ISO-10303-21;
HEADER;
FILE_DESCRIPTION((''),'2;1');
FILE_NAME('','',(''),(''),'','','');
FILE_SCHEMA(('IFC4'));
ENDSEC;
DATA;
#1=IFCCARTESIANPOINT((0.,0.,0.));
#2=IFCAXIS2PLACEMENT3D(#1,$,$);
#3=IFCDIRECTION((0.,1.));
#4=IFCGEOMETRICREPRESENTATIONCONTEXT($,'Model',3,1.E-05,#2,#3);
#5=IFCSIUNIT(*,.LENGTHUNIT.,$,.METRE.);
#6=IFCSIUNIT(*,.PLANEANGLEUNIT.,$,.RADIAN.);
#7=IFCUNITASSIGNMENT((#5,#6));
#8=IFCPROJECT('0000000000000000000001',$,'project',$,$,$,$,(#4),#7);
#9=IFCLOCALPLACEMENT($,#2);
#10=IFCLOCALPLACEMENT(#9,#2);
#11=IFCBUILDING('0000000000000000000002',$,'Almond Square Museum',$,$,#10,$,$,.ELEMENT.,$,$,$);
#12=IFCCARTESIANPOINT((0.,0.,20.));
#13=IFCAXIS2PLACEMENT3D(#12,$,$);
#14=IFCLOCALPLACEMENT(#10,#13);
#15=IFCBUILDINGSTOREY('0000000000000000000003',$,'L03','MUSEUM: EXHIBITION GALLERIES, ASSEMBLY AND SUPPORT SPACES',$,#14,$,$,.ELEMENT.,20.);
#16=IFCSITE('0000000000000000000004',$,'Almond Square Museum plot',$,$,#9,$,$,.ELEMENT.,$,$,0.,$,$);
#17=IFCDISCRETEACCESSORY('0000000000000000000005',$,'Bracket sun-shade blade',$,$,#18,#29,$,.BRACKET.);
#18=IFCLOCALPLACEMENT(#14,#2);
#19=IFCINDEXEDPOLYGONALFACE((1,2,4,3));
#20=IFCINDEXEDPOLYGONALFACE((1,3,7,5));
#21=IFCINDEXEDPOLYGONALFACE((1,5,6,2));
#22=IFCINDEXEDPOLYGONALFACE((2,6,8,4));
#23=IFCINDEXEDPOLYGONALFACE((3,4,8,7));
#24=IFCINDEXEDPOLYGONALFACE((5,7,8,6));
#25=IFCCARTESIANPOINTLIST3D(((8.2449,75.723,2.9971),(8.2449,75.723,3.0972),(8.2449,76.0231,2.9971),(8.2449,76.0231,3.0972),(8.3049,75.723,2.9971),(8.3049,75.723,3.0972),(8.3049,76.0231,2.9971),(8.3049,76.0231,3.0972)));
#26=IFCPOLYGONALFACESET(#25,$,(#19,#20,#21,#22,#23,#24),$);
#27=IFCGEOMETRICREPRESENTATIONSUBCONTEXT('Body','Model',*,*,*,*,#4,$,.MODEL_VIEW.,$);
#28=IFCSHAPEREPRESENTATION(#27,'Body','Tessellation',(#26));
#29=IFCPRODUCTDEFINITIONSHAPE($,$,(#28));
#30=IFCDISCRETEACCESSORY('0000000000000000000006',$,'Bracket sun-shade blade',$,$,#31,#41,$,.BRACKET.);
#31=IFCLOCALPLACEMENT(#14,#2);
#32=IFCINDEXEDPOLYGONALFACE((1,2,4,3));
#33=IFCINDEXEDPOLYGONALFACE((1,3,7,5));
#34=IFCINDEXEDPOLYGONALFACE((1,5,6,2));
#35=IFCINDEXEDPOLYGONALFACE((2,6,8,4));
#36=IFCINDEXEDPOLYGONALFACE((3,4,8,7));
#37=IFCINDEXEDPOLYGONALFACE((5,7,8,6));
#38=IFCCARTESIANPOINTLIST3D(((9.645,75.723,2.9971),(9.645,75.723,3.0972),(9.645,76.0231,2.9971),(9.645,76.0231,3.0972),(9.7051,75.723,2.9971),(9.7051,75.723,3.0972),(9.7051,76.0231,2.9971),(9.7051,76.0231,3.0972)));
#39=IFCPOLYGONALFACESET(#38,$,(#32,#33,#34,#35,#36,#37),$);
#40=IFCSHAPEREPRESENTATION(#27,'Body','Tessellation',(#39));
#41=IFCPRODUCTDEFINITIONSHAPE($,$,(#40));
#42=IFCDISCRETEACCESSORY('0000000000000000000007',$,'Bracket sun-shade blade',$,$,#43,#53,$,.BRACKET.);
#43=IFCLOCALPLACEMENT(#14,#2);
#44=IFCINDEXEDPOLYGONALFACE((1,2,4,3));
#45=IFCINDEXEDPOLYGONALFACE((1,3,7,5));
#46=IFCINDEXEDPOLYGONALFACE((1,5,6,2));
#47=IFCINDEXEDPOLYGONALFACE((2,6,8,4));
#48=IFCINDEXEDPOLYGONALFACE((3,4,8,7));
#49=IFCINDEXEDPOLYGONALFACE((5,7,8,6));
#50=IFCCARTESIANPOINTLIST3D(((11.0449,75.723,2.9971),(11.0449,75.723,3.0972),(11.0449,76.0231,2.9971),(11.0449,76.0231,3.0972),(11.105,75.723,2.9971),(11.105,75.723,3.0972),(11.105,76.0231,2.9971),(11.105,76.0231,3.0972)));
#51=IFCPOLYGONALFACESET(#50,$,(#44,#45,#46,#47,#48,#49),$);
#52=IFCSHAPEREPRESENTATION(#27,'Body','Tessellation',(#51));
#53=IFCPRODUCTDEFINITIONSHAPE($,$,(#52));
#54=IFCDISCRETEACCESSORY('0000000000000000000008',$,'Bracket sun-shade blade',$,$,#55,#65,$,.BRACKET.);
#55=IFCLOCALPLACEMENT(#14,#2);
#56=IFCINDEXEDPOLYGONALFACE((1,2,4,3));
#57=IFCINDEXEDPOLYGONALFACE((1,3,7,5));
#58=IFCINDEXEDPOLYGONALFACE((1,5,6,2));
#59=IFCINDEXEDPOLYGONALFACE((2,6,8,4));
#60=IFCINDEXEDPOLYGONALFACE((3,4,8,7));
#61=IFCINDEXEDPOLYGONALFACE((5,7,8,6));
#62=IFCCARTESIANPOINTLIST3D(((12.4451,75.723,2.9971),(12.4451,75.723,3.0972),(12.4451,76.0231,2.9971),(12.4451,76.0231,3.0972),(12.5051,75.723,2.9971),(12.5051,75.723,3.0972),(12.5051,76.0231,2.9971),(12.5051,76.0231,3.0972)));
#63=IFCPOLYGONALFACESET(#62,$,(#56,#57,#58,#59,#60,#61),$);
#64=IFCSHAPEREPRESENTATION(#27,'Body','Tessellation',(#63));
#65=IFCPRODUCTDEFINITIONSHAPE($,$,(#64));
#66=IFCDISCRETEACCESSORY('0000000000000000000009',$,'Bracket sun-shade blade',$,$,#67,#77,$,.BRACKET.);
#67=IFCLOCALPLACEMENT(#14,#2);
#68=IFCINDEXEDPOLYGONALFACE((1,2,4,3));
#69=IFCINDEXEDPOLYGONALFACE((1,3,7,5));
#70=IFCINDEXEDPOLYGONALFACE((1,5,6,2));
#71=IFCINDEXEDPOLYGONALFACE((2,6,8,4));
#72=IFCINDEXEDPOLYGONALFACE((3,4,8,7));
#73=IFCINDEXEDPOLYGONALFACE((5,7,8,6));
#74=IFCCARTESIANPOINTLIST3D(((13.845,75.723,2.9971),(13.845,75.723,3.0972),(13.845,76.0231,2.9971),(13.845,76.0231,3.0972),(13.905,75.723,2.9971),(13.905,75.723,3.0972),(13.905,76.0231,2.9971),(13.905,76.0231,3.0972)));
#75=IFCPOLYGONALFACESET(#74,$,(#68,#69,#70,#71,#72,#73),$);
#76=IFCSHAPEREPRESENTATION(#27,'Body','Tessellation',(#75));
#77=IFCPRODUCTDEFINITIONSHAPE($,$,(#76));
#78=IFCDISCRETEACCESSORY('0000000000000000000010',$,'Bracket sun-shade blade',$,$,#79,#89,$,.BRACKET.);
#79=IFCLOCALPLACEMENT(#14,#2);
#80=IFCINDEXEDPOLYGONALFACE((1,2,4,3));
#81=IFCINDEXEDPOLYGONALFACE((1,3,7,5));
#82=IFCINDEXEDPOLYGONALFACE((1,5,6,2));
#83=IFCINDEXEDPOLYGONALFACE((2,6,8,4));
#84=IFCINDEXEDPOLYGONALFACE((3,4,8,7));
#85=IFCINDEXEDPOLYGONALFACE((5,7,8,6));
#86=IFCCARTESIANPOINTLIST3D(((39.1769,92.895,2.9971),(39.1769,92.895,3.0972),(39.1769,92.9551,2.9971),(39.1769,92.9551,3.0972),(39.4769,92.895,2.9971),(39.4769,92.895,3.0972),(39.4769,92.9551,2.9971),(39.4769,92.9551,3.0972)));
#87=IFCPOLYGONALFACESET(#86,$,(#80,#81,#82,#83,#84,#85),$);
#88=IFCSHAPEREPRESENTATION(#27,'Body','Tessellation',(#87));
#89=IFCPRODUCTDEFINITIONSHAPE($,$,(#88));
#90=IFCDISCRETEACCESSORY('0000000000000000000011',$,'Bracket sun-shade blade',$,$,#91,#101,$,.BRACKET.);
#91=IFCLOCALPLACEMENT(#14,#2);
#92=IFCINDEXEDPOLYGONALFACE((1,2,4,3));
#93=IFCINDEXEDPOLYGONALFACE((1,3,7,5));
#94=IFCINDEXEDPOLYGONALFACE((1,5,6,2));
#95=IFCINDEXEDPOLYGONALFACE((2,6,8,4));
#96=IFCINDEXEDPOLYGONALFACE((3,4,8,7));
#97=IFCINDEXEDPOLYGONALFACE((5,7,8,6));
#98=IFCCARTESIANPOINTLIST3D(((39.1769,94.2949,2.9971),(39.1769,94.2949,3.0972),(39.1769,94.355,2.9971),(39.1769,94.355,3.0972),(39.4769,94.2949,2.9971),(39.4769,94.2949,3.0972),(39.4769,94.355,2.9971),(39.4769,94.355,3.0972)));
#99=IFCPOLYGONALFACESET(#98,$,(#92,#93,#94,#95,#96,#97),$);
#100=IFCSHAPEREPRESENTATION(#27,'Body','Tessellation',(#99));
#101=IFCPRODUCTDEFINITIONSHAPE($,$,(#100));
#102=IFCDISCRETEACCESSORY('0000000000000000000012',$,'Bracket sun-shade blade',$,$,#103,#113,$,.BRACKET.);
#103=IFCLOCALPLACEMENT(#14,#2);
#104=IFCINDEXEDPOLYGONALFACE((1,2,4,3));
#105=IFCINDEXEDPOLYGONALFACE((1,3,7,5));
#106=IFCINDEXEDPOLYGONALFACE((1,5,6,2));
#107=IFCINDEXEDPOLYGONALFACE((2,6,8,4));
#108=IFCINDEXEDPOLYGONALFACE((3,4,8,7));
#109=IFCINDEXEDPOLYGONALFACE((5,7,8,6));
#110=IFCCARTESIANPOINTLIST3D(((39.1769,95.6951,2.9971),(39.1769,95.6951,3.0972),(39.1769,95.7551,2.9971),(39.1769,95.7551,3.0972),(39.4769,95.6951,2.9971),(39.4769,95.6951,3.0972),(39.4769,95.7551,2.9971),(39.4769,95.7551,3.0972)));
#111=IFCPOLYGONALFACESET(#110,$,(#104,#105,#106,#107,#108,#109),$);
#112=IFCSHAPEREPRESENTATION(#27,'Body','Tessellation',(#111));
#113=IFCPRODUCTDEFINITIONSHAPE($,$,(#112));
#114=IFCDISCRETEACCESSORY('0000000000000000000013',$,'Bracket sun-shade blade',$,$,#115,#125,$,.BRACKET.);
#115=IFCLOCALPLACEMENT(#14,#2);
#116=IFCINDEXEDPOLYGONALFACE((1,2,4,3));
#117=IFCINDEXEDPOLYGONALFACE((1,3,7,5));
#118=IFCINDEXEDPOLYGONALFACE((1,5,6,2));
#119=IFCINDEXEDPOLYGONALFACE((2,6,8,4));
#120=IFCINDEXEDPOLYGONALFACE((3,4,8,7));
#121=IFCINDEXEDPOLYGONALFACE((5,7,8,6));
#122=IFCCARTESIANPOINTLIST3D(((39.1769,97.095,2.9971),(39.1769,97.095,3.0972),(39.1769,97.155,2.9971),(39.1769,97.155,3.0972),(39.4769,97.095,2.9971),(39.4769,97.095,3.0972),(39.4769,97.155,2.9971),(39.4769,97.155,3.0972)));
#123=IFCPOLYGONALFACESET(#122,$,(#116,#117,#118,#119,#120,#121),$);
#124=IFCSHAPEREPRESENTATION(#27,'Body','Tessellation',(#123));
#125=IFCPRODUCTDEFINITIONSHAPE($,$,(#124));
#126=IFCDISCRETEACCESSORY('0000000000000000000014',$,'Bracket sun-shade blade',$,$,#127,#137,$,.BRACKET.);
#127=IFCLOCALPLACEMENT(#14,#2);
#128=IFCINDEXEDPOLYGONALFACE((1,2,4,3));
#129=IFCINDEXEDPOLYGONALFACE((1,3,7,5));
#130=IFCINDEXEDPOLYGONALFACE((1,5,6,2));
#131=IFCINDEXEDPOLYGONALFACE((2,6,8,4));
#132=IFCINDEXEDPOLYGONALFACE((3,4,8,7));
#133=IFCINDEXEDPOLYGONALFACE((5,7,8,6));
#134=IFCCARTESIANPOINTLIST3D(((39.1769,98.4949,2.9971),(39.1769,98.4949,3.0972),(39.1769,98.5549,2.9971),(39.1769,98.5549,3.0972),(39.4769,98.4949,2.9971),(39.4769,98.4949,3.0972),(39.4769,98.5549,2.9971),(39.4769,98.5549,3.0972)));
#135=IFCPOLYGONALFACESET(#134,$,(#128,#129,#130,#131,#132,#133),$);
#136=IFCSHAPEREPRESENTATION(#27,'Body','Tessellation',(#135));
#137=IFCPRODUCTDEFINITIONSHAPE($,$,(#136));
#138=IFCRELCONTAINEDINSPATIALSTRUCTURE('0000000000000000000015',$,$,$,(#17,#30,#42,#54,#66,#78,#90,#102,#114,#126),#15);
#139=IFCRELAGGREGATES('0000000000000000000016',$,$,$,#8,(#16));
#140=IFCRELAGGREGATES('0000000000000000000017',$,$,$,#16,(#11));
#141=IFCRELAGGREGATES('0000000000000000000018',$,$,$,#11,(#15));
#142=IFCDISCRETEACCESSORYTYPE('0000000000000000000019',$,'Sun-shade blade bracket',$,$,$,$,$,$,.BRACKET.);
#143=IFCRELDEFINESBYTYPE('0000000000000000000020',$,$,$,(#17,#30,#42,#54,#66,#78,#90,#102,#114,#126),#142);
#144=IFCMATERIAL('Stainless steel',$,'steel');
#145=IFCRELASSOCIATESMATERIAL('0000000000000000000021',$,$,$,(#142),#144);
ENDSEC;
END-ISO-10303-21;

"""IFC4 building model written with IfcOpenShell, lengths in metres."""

from ifc_helpers import new_model, si_unit, direction, frame, origin, origin_2d, place, context, subcontext, project, spatial, rectangle, extrude, material, type_object, element, save


model = new_model("IFC4")

# Units and contexts
model_context = context("Model", 3, precision=1e-05, world=origin(), true_north=direction((0.0, 1.0)))
body_context = subcontext(model_context, "Body", "Model", "MODEL_VIEW")
ifc_project = project(units=[si_unit("LENGTHUNIT", "METRE"), si_unit("PLANEANGLEUNIT", "RADIAN")], contexts=[model_context])

# Site, building, storey
site_placement = place(None, origin())
site = spatial("IfcSite", under=ifc_project, at=site_placement, Name="Almond Square Museum plot", CompositionType="ELEMENT", RefElevation=0.0)
building_placement = place(site_placement, origin())
building = spatial("IfcBuilding", under=site, at=building_placement, Name="Almond Square Museum", CompositionType="ELEMENT")
storey_placement = place(building_placement, frame((0.0, 0.0, 20.0)))
storey = spatial("IfcBuildingStorey", under=building, at=storey_placement, Name="L03", Description="MUSEUM: EXHIBITION GALLERIES, ASSEMBLY AND SUPPORT SPACES", CompositionType="ELEMENT", Elevation=20.0)

# Discrete accessories
ifc_material_1 = material(Name="Stainless steel", Category="steel")
discrete_accessory_type = type_object("IfcDiscreteAccessoryType", Name="Sun-shade blade bracket", PredefinedType="BRACKET", material=ifc_material_1)
for number, where, z_axis, x_axis, name in (
    (1, (8.2749, 75.873, 2.9971), (0.0, 0.0, 1.0), (1.0, 0.0, 0.0), "Bracket sun-shade blade"),
    (2, (9.675, 75.873, 2.9971), (0.0, 0.0, 1.0), (1.0, 0.0, 0.0), "Bracket sun-shade blade"),
    (3, (11.075, 75.873, 2.9971), (0.0, 0.0, 1.0), (1.0, 0.0, 0.0), "Bracket sun-shade blade"),
    (4, (12.4751, 75.873, 2.9971), (0.0, 0.0, 1.0), (1.0, 0.0, 0.0), "Bracket sun-shade blade"),
    (5, (13.875, 75.873, 2.9971), (0.0, 0.0, 1.0), (1.0, 0.0, 0.0), "Bracket sun-shade blade"),
):
    element("IfcDiscreteAccessory", number, at=place(storey_placement, frame(where, z_axis=z_axis, x_axis=x_axis)), inside=storey, type_object=discrete_accessory_type, Name=name, PredefinedType="BRACKET", context=body_context, shape_type="SweptSolid", body=[
        extrude(rectangle(XDim=0.0601, YDim=0.3, at=origin_2d()), origin(), (0.0, 0.0, 1.0), 0.1001),
    ])
for number, where, z_axis, x_axis, name in (
    (6, (39.3269, 92.925, 2.9971), (0.0, 0.0, 1.0), (1.0, 0.0, 0.0), "Bracket sun-shade blade"),
    (7, (39.3269, 94.325, 2.9971), (0.0, 0.0, 1.0), (1.0, 0.0, 0.0), "Bracket sun-shade blade"),
    (8, (39.3269, 95.7251, 2.9971), (0.0, 0.0, 1.0), (1.0, 0.0, 0.0), "Bracket sun-shade blade"),
    (9, (39.3269, 97.125, 2.9971), (0.0, 0.0, 1.0), (1.0, 0.0, 0.0), "Bracket sun-shade blade"),
    (10, (39.3269, 98.5249, 2.9971), (0.0, 0.0, 1.0), (1.0, 0.0, 0.0), "Bracket sun-shade blade"),
):
    element("IfcDiscreteAccessory", number, at=place(storey_placement, frame(where, z_axis=z_axis, x_axis=x_axis)), inside=storey, type_object=discrete_accessory_type, Name=name, PredefinedType="BRACKET", context=body_context, shape_type="SweptSolid", body=[
        extrude(rectangle(XDim=0.3, YDim=0.0601, at=origin_2d()), origin(), (0.0, 0.0, 1.0), 0.1001),
    ])

save(model, "model.ifc")
